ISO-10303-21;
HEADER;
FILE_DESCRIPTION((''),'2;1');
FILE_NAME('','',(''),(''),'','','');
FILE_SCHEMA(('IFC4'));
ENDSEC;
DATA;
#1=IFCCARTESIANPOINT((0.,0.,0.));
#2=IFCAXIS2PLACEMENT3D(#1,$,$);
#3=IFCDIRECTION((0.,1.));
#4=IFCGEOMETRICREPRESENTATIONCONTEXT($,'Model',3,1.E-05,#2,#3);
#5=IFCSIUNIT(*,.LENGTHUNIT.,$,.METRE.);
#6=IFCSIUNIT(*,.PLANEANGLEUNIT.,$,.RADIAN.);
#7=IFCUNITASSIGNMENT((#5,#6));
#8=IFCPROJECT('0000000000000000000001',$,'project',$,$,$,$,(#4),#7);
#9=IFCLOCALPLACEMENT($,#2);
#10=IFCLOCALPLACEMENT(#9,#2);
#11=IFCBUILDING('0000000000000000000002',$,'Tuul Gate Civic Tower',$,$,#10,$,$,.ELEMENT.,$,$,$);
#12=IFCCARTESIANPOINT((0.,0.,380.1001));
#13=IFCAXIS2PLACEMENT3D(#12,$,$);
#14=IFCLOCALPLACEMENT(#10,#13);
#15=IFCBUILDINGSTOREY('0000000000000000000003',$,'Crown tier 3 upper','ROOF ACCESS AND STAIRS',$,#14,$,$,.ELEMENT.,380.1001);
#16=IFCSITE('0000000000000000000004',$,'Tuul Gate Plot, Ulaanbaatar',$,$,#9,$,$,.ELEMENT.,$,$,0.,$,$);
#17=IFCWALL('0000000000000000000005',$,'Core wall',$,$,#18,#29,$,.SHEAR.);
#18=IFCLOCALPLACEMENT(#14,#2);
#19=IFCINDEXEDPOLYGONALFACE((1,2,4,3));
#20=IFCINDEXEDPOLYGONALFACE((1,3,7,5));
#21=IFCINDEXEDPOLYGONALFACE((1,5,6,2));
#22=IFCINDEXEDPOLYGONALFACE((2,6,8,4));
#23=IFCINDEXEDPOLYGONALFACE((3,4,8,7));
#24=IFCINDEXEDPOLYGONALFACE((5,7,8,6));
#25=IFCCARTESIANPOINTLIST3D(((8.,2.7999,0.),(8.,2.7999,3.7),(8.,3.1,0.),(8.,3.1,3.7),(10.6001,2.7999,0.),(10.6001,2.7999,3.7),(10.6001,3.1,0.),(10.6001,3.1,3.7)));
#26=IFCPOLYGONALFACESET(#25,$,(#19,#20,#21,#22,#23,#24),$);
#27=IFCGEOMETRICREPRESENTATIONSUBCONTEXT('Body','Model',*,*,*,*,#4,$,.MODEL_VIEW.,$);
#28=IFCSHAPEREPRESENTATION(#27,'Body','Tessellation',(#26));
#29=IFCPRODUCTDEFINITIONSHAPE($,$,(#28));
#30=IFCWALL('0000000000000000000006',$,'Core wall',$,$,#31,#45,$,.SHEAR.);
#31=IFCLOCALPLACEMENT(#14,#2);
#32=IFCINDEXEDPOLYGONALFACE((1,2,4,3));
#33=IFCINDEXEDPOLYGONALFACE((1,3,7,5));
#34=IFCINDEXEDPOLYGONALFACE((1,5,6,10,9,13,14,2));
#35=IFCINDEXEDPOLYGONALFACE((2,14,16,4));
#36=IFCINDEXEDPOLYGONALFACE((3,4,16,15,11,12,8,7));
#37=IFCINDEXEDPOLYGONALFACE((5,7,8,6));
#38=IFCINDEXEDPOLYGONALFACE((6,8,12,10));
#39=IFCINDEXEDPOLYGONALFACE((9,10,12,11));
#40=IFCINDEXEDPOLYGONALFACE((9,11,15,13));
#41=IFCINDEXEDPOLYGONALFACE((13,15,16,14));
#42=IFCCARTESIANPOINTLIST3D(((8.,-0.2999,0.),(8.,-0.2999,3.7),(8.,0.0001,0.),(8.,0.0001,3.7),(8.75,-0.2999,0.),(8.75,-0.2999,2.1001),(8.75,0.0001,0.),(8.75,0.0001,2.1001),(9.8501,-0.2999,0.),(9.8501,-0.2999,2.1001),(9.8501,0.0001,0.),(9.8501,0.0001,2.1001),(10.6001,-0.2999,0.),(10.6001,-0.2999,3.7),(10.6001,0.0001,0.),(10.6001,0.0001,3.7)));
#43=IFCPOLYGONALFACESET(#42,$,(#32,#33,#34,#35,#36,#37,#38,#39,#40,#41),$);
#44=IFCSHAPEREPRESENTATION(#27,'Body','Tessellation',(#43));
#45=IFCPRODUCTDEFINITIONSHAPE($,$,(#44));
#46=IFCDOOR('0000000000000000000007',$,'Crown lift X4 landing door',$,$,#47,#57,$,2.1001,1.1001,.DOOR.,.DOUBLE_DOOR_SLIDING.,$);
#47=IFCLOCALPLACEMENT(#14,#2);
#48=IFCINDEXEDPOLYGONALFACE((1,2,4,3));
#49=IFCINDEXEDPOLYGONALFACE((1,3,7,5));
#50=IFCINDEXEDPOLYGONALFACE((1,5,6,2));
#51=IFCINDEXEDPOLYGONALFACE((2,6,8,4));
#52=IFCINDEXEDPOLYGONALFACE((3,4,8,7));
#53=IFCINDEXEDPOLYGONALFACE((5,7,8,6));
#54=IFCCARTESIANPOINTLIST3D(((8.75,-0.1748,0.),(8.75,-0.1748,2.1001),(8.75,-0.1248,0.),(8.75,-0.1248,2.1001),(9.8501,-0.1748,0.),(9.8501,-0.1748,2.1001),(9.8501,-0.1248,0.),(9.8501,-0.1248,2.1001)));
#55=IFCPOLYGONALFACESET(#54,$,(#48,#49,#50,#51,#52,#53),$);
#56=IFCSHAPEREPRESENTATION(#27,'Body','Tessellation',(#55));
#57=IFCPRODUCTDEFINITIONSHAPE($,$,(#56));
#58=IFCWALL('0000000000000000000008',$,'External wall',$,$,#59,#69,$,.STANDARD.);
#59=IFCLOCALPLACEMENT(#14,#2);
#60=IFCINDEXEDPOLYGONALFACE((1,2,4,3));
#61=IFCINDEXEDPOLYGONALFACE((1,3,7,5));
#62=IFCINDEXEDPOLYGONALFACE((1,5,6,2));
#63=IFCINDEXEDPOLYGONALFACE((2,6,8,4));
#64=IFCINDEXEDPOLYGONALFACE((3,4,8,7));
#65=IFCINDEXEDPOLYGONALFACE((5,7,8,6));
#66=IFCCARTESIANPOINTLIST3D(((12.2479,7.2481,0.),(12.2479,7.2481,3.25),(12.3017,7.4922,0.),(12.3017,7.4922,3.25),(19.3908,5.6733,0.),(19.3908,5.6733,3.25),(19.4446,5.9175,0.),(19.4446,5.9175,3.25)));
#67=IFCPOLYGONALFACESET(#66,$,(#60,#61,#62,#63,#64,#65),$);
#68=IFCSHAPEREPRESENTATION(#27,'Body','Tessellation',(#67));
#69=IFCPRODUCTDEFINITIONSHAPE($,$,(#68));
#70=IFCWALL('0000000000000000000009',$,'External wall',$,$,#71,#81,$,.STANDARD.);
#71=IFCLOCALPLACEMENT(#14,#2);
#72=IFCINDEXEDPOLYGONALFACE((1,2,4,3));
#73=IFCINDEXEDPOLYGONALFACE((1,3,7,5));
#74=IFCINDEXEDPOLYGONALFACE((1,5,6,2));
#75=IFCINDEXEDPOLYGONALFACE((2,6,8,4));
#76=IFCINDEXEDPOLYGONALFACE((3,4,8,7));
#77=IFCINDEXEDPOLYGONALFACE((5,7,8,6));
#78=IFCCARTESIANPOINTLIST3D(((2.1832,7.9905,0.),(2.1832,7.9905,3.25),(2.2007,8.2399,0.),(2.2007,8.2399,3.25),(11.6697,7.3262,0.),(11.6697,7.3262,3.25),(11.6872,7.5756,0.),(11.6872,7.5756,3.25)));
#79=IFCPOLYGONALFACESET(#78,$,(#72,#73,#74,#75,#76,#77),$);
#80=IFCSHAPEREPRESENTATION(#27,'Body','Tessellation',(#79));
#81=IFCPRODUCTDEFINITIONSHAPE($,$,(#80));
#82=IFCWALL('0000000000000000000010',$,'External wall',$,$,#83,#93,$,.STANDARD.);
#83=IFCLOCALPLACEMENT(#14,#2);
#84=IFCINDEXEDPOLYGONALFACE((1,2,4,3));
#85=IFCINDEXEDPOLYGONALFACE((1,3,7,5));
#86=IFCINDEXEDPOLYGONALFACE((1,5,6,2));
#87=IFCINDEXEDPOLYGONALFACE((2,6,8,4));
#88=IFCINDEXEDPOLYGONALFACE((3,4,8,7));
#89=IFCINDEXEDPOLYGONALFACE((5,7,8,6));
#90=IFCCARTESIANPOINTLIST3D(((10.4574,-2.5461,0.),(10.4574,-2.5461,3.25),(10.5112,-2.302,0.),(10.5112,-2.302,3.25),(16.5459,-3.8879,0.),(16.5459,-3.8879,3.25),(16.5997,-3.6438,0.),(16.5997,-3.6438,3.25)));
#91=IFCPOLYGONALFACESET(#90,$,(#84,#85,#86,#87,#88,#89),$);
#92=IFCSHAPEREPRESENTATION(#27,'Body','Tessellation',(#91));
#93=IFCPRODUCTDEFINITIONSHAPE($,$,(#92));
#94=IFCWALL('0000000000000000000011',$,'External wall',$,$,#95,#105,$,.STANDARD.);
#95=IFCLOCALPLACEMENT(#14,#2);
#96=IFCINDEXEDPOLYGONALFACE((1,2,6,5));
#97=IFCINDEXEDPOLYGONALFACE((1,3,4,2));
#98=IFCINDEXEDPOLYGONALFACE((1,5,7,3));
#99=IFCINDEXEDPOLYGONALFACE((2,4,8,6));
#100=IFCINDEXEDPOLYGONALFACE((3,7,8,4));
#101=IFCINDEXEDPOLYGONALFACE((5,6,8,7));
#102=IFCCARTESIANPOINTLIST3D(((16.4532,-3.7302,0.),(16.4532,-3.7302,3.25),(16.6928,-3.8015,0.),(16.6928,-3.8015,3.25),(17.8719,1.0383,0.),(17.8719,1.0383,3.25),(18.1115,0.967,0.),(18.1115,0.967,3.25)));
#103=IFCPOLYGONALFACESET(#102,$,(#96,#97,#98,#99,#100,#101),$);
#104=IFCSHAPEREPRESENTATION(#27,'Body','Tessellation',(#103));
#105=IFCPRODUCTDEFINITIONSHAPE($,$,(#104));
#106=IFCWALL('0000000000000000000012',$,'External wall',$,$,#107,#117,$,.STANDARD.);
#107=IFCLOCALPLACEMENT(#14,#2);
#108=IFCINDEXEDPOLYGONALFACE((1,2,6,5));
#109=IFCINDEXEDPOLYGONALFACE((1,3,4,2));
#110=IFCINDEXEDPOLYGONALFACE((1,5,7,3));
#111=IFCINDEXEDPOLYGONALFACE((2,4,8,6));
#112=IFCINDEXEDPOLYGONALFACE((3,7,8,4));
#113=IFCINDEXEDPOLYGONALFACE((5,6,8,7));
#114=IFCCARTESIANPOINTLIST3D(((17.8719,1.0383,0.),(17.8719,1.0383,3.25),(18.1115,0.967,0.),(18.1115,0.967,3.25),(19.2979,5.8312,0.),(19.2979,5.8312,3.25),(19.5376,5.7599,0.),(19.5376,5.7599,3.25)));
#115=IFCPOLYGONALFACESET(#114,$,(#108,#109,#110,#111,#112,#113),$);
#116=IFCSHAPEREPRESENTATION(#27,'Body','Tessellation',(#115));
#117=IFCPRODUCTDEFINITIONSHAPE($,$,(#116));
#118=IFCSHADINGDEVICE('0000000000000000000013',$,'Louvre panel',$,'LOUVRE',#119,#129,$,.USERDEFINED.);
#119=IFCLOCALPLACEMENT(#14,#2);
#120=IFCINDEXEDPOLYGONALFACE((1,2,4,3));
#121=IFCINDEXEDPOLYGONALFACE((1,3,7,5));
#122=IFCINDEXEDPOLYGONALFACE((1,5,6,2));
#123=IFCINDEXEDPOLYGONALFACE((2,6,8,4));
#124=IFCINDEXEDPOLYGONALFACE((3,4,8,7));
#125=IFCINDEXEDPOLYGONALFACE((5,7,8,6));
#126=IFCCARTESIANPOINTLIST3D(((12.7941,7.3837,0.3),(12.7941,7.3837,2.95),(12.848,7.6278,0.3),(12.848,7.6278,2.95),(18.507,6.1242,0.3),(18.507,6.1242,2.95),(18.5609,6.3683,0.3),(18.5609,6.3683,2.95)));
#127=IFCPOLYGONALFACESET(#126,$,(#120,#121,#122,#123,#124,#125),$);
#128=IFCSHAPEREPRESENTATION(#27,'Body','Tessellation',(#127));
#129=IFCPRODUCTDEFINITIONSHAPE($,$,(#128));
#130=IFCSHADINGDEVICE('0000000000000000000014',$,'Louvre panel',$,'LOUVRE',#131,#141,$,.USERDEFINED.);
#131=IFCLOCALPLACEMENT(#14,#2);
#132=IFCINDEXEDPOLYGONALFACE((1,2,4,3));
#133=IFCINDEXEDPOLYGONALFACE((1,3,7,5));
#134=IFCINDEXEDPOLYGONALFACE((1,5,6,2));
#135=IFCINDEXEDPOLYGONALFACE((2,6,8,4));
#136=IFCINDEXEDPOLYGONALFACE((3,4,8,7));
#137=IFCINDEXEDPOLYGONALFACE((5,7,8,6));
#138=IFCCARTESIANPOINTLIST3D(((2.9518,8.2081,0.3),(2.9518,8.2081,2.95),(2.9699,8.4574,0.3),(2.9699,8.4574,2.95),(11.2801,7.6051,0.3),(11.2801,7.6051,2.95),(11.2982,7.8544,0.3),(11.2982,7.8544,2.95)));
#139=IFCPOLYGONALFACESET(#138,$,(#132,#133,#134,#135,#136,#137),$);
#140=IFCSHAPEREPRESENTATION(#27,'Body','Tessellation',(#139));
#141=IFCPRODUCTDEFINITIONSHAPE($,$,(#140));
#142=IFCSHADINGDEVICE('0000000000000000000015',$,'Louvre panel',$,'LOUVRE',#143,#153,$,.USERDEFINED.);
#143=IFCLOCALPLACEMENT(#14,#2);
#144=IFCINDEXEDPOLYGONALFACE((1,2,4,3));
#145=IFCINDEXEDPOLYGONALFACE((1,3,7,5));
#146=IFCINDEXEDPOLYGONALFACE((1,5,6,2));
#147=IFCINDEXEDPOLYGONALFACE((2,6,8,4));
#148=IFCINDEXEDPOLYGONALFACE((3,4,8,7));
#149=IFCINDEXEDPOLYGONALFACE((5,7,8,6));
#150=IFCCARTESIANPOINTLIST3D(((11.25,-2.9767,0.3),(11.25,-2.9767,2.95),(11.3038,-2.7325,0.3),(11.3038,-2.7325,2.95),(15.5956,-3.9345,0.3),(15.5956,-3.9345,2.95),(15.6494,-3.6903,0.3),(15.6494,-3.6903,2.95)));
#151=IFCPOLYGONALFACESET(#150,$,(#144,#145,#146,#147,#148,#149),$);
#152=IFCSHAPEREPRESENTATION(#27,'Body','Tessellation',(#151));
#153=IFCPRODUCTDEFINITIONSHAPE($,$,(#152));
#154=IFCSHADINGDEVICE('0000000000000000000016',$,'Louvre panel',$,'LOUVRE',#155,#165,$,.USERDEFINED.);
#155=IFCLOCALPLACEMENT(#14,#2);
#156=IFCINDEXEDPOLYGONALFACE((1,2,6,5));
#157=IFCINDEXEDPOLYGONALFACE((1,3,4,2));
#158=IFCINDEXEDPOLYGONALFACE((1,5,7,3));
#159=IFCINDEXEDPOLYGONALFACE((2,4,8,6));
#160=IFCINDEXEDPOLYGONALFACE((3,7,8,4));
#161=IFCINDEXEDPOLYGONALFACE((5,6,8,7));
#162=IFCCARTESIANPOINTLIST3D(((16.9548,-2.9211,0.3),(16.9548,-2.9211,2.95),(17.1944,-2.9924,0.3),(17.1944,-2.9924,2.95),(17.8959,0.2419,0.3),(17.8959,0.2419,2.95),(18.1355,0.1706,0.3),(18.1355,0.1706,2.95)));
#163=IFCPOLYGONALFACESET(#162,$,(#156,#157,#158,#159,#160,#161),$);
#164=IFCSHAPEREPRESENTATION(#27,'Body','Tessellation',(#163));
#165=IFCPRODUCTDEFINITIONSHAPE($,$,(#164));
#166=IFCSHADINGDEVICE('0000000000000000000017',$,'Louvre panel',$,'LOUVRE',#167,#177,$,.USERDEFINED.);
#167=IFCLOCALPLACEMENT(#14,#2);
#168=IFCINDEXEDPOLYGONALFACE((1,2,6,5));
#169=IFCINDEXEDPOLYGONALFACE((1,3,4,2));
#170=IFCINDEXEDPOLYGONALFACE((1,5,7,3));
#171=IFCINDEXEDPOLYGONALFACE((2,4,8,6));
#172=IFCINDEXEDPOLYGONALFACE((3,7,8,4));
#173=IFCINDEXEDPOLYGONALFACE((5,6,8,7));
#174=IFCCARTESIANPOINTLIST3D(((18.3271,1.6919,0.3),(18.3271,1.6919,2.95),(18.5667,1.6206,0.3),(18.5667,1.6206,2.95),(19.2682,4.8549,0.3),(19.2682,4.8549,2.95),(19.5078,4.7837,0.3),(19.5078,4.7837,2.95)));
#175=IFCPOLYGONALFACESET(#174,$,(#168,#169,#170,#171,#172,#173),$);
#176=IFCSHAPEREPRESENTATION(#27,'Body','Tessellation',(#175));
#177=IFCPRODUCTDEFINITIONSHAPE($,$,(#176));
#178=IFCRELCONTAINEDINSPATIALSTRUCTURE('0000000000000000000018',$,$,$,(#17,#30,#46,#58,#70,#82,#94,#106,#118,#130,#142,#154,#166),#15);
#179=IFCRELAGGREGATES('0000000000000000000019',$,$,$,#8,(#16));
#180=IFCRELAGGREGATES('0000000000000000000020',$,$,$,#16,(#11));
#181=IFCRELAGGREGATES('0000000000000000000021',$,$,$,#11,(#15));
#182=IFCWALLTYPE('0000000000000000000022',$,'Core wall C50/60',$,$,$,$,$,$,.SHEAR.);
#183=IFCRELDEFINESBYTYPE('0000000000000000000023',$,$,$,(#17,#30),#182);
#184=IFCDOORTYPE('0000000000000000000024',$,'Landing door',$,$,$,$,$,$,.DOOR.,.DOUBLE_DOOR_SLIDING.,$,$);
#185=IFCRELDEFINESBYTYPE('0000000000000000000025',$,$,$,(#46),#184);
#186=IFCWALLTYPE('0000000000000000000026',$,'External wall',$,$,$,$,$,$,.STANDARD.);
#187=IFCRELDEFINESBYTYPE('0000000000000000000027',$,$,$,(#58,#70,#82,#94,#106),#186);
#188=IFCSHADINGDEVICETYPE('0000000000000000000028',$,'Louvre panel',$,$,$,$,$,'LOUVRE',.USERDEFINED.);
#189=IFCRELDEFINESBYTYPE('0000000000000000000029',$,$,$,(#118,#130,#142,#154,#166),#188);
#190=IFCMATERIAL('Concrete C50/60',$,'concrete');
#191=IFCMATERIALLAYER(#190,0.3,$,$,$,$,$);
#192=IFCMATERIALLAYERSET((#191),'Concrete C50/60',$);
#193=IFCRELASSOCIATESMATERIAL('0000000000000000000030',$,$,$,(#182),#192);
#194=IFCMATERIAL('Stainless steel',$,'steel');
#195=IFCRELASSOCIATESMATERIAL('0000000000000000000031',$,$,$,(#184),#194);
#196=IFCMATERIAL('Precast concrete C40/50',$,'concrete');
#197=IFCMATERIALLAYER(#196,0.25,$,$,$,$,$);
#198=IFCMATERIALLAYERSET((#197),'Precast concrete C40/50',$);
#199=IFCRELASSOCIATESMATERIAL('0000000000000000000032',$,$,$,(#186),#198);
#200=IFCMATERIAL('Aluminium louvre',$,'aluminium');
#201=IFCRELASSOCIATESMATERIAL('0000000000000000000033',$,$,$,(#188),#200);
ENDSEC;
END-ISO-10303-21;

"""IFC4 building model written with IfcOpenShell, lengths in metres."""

from ifc_helpers import new_model, si_unit, direction, frame, frame_2d, origin, origin_2d, place, context, subcontext, project, spatial, rectangle, extrude, material, layer, layer_set, type_object, element, fill, save


model = new_model("IFC4")

# Units and contexts
model_context = context("Model", 3, precision=1e-05, world=origin(), true_north=direction((0.0, 1.0)))
body_context = subcontext(model_context, "Body", "Model", "MODEL_VIEW")
ifc_project = project(units=[si_unit("LENGTHUNIT", "METRE"), si_unit("PLANEANGLEUNIT", "RADIAN")], contexts=[model_context])

# Site, building, storey
site_placement = place(None, origin())
site = spatial("IfcSite", under=ifc_project, at=site_placement, Name="Tuul Gate Plot, Ulaanbaatar", CompositionType="ELEMENT", RefElevation=0.0)
building_placement = place(site_placement, origin())
building = spatial("IfcBuilding", under=site, at=building_placement, Name="Tuul Gate Civic Tower", CompositionType="ELEMENT")
storey_placement = place(building_placement, frame((0.0, 0.0, 380.1001)))
storey = spatial("IfcBuildingStorey", under=building, at=storey_placement, Name="Crown tier 3 upper", Description="ROOF ACCESS AND STAIRS", CompositionType="ELEMENT", Elevation=380.1001)

# Wall
ifc_material_1 = material(Name="Concrete C50/60", Category="concrete")
ifc_layer_1 = layer(ifc_material_1, 0.3)
ifc_layer_set_1 = layer_set([ifc_layer_1], Name="Concrete C50/60")
wall_type_1 = type_object("IfcWallType", Name="Core wall C50/60", PredefinedType="SHEAR", material=ifc_layer_set_1)
wall_1_placement = place(storey_placement, frame((10.6001, 2.95, 0.0), z_axis=(0.0, 0.0, 1.0), x_axis=(-1.0, 0.0, 0.0)))
element("IfcWall", 1, at=wall_1_placement, inside=storey, type_object=wall_type_1, Name="Core wall", PredefinedType="SHEAR", context=body_context, shape_type="SweptSolid", body=[
    extrude(rectangle(XDim=2.6001, YDim=0.3, at=frame_2d((1.3, 0.0))), origin(), (0.0, 0.0, 1.0), 3.7),
])

# Wall, opening, door
wall_2_placement = place(storey_placement, frame((10.6001, -0.1499, 0.0), z_axis=(0.0, 0.0, 1.0), x_axis=(-1.0, 0.0, 0.0)))
wall_2 = element("IfcWall", 2, at=wall_2_placement, inside=storey, type_object=wall_type_1, Name="Core wall", PredefinedType="SHEAR", context=body_context, shape_type="SweptSolid", body=[
    extrude(rectangle(XDim=2.6001, YDim=0.3, at=frame_2d((1.3, 0.0))), origin(), (0.0, 0.0, 1.0), 3.7),
])
opening_placement = place(wall_2_placement, frame((0.75, 0.0, 0.0)))
opening = element("IfcOpeningElement", 3, at=opening_placement, cuts=wall_2, PredefinedType="OPENING", context=body_context, shape_type="SweptSolid", body=[
    extrude(rectangle(XDim=1.1001, YDim=2.1001, at=frame_2d((0.55, 1.05))), frame((0.0, 0.1602, 0.0), z_axis=(0.0, -1.0, 0.0), x_axis=(1.0, 0.0, 0.0)), (0.0, 0.0, 1.0), 0.3201),
])
ifc_material_2 = material(Name="Stainless steel", Category="steel")
door_type = type_object("IfcDoorType", Name="Landing door", OperationType="DOUBLE_DOOR_SLIDING", PredefinedType="DOOR", material=ifc_material_2)
door_placement = place(opening_placement, origin())
door = element("IfcDoor", 4, at=door_placement, inside=storey, type_object=door_type, Name="Crown lift X4 landing door", OperationType="DOUBLE_DOOR_SLIDING", OverallHeight=2.1001, OverallWidth=1.1001, PredefinedType="DOOR", context=body_context, shape_type="SweptSolid", body=[
    extrude(rectangle(XDim=1.1001, YDim=2.1001, at=frame_2d((0.55, 1.05))), frame((0.0, 0.0249, 0.0), z_axis=(0.0, -1.0, 0.0), x_axis=(1.0, 0.0, 0.0)), (0.0, 0.0, 1.0), 0.05),
])
fill(opening, door)

# Walls
ifc_material_3 = material(Name="Precast concrete C40/50", Category="concrete")
ifc_layer_2 = layer(ifc_material_3, 0.25)
ifc_layer_set_2 = layer_set([ifc_layer_2], Name="Precast concrete C40/50")
wall_type_2 = type_object("IfcWallType", Name="External wall", PredefinedType="STANDARD", material=ifc_layer_set_2)
wall_3_placement = place(storey_placement, frame((19.4177, 5.7954, 0.0), z_axis=(0.0, 0.0, 1.0), x_axis=(-0.97655, 0.21529, 0.0)))
element("IfcWall", 5, at=wall_3_placement, inside=storey, type_object=wall_type_2, Name="External wall", PredefinedType="STANDARD", context=body_context, shape_type="SweptSolid", body=[
    extrude(rectangle(XDim=7.3145, YDim=0.25, at=frame_2d((3.6572, 0.0))), origin(), (0.0, 0.0, 1.0), 3.25),
])
wall_4_placement = place(storey_placement, frame((11.6785, 7.4509, 0.0), z_axis=(0.0, 0.0, 1.0), x_axis=(-0.997557, 0.069855, 0.0)))
element("IfcWall", 6, at=wall_4_placement, inside=storey, type_object=wall_type_2, Name="External wall", PredefinedType="STANDARD", context=body_context, shape_type="SweptSolid", body=[
    extrude(rectangle(XDim=9.5098, YDim=0.25, at=frame_2d((4.7549, 0.0))), origin(), (0.0, 0.0, 1.0), 3.25),
])
wall_5_placement = place(storey_placement, frame((10.4844, -2.4241, 0.0), z_axis=(0.0, 0.0, 1.0), x_axis=(0.976567, -0.215214, 0.0)))
element("IfcWall", 7, at=wall_5_placement, inside=storey, type_object=wall_type_2, Name="External wall", PredefinedType="STANDARD", context=body_context, shape_type="SweptSolid", body=[
    extrude(rectangle(XDim=6.2346, YDim=0.25, at=frame_2d((3.1172, 0.0))), origin(), (0.0, 0.0, 1.0), 3.25),
])
wall_6_placement = place(storey_placement, frame((16.573, -3.7659, 0.0), z_axis=(0.0, 0.0, 1.0), x_axis=(0.285159, 0.95848, 0.0)))
element("IfcWall", 8, at=wall_6_placement, inside=storey, type_object=wall_type_2, Name="External wall", PredefinedType="STANDARD", context=body_context, shape_type="SweptSolid", body=[
    extrude(rectangle(XDim=4.9751, YDim=0.25, at=frame_2d((2.4875, 0.0))), origin(), (0.0, 0.0, 1.0), 3.25),
])
wall_7_placement = place(storey_placement, frame((17.9917, 1.0027, 0.0), z_axis=(0.0, 0.0, 1.0), x_axis=(0.285184, 0.958473, 0.0)))
element("IfcWall", 9, at=wall_7_placement, inside=storey, type_object=wall_type_2, Name="External wall", PredefinedType="STANDARD", context=body_context, shape_type="SweptSolid", body=[
    extrude(rectangle(XDim=5.0005, YDim=0.25, at=frame_2d((2.5002, 0.0))), origin(), (0.0, 0.0, 1.0), 3.25),
])

# Shading devices
ifc_material_4 = material(Name="Aluminium louvre", Category="aluminium")
shading_device_type = type_object("IfcShadingDeviceType", Name="Louvre panel", ElementType="LOUVRE", PredefinedType="USERDEFINED", material=ifc_material_4)
shading_device_1_placement = place(storey_placement, frame((15.6775, 6.876, 0.3), z_axis=(0.0, 0.0, 1.0), x_axis=(0.215298, 0.976548, 0.0)))
element("IfcShadingDevice", 10, at=shading_device_1_placement, inside=storey, type_object=shading_device_type, Name="Louvre panel", ObjectType="LOUVRE", PredefinedType="USERDEFINED", context=body_context, shape_type="SweptSolid", body=[
    extrude(rectangle(XDim=0.25, YDim=5.8501, at=origin_2d()), origin(), (0.0, 0.0, 1.0), 2.6499),
])
shading_device_2_placement = place(storey_placement, frame((7.125, 8.0312, 0.3), z_axis=(0.0, 0.0, 1.0), x_axis=(0.072211, 0.997389, 0.0)))
element("IfcShadingDevice", 11, at=shading_device_2_placement, inside=storey, type_object=shading_device_type, Name="Louvre panel", ObjectType="LOUVRE", PredefinedType="USERDEFINED", context=body_context, shape_type="SweptSolid", body=[
    extrude(rectangle(XDim=0.25, YDim=8.3501, at=origin_2d()), origin(), (0.0, 0.0, 1.0), 2.6499),
])
shading_device_3_placement = place(storey_placement, frame((13.4497, -3.3335, 0.3), z_axis=(0.0, 0.0, 1.0), x_axis=(-0.215243, -0.976561, 0.0)))
element("IfcShadingDevice", 12, at=shading_device_3_placement, inside=storey, type_object=shading_device_type, Name="Louvre panel", ObjectType="LOUVRE", PredefinedType="USERDEFINED", context=body_context, shape_type="SweptSolid", body=[
    extrude(rectangle(XDim=0.25, YDim=4.45, at=origin_2d()), origin(), (0.0, 0.0, 1.0), 2.6499),
])
for number, where, z_axis, x_axis, name in (
    (13, (17.5452, -1.3752, 0.3), (0.0, 0.0, 1.0), (0.958476, -0.285174, 0.0), "Louvre panel"),
    (14, (18.9175, 3.2378, 0.3), (0.0, 0.0, 1.0), (0.958476, -0.285174, 0.0), "Louvre panel"),
):
    element("IfcShadingDevice", number, at=place(storey_placement, frame(where, z_axis=z_axis, x_axis=x_axis)), inside=storey, type_object=shading_device_type, Name=name, ObjectType="LOUVRE", PredefinedType="USERDEFINED", context=body_context, shape_type="SweptSolid", body=[
        extrude(rectangle(XDim=0.25, YDim=3.3, at=origin_2d()), origin(), (0.0, 0.0, 1.0), 2.6499),
    ])

save(model, "model.ifc")
